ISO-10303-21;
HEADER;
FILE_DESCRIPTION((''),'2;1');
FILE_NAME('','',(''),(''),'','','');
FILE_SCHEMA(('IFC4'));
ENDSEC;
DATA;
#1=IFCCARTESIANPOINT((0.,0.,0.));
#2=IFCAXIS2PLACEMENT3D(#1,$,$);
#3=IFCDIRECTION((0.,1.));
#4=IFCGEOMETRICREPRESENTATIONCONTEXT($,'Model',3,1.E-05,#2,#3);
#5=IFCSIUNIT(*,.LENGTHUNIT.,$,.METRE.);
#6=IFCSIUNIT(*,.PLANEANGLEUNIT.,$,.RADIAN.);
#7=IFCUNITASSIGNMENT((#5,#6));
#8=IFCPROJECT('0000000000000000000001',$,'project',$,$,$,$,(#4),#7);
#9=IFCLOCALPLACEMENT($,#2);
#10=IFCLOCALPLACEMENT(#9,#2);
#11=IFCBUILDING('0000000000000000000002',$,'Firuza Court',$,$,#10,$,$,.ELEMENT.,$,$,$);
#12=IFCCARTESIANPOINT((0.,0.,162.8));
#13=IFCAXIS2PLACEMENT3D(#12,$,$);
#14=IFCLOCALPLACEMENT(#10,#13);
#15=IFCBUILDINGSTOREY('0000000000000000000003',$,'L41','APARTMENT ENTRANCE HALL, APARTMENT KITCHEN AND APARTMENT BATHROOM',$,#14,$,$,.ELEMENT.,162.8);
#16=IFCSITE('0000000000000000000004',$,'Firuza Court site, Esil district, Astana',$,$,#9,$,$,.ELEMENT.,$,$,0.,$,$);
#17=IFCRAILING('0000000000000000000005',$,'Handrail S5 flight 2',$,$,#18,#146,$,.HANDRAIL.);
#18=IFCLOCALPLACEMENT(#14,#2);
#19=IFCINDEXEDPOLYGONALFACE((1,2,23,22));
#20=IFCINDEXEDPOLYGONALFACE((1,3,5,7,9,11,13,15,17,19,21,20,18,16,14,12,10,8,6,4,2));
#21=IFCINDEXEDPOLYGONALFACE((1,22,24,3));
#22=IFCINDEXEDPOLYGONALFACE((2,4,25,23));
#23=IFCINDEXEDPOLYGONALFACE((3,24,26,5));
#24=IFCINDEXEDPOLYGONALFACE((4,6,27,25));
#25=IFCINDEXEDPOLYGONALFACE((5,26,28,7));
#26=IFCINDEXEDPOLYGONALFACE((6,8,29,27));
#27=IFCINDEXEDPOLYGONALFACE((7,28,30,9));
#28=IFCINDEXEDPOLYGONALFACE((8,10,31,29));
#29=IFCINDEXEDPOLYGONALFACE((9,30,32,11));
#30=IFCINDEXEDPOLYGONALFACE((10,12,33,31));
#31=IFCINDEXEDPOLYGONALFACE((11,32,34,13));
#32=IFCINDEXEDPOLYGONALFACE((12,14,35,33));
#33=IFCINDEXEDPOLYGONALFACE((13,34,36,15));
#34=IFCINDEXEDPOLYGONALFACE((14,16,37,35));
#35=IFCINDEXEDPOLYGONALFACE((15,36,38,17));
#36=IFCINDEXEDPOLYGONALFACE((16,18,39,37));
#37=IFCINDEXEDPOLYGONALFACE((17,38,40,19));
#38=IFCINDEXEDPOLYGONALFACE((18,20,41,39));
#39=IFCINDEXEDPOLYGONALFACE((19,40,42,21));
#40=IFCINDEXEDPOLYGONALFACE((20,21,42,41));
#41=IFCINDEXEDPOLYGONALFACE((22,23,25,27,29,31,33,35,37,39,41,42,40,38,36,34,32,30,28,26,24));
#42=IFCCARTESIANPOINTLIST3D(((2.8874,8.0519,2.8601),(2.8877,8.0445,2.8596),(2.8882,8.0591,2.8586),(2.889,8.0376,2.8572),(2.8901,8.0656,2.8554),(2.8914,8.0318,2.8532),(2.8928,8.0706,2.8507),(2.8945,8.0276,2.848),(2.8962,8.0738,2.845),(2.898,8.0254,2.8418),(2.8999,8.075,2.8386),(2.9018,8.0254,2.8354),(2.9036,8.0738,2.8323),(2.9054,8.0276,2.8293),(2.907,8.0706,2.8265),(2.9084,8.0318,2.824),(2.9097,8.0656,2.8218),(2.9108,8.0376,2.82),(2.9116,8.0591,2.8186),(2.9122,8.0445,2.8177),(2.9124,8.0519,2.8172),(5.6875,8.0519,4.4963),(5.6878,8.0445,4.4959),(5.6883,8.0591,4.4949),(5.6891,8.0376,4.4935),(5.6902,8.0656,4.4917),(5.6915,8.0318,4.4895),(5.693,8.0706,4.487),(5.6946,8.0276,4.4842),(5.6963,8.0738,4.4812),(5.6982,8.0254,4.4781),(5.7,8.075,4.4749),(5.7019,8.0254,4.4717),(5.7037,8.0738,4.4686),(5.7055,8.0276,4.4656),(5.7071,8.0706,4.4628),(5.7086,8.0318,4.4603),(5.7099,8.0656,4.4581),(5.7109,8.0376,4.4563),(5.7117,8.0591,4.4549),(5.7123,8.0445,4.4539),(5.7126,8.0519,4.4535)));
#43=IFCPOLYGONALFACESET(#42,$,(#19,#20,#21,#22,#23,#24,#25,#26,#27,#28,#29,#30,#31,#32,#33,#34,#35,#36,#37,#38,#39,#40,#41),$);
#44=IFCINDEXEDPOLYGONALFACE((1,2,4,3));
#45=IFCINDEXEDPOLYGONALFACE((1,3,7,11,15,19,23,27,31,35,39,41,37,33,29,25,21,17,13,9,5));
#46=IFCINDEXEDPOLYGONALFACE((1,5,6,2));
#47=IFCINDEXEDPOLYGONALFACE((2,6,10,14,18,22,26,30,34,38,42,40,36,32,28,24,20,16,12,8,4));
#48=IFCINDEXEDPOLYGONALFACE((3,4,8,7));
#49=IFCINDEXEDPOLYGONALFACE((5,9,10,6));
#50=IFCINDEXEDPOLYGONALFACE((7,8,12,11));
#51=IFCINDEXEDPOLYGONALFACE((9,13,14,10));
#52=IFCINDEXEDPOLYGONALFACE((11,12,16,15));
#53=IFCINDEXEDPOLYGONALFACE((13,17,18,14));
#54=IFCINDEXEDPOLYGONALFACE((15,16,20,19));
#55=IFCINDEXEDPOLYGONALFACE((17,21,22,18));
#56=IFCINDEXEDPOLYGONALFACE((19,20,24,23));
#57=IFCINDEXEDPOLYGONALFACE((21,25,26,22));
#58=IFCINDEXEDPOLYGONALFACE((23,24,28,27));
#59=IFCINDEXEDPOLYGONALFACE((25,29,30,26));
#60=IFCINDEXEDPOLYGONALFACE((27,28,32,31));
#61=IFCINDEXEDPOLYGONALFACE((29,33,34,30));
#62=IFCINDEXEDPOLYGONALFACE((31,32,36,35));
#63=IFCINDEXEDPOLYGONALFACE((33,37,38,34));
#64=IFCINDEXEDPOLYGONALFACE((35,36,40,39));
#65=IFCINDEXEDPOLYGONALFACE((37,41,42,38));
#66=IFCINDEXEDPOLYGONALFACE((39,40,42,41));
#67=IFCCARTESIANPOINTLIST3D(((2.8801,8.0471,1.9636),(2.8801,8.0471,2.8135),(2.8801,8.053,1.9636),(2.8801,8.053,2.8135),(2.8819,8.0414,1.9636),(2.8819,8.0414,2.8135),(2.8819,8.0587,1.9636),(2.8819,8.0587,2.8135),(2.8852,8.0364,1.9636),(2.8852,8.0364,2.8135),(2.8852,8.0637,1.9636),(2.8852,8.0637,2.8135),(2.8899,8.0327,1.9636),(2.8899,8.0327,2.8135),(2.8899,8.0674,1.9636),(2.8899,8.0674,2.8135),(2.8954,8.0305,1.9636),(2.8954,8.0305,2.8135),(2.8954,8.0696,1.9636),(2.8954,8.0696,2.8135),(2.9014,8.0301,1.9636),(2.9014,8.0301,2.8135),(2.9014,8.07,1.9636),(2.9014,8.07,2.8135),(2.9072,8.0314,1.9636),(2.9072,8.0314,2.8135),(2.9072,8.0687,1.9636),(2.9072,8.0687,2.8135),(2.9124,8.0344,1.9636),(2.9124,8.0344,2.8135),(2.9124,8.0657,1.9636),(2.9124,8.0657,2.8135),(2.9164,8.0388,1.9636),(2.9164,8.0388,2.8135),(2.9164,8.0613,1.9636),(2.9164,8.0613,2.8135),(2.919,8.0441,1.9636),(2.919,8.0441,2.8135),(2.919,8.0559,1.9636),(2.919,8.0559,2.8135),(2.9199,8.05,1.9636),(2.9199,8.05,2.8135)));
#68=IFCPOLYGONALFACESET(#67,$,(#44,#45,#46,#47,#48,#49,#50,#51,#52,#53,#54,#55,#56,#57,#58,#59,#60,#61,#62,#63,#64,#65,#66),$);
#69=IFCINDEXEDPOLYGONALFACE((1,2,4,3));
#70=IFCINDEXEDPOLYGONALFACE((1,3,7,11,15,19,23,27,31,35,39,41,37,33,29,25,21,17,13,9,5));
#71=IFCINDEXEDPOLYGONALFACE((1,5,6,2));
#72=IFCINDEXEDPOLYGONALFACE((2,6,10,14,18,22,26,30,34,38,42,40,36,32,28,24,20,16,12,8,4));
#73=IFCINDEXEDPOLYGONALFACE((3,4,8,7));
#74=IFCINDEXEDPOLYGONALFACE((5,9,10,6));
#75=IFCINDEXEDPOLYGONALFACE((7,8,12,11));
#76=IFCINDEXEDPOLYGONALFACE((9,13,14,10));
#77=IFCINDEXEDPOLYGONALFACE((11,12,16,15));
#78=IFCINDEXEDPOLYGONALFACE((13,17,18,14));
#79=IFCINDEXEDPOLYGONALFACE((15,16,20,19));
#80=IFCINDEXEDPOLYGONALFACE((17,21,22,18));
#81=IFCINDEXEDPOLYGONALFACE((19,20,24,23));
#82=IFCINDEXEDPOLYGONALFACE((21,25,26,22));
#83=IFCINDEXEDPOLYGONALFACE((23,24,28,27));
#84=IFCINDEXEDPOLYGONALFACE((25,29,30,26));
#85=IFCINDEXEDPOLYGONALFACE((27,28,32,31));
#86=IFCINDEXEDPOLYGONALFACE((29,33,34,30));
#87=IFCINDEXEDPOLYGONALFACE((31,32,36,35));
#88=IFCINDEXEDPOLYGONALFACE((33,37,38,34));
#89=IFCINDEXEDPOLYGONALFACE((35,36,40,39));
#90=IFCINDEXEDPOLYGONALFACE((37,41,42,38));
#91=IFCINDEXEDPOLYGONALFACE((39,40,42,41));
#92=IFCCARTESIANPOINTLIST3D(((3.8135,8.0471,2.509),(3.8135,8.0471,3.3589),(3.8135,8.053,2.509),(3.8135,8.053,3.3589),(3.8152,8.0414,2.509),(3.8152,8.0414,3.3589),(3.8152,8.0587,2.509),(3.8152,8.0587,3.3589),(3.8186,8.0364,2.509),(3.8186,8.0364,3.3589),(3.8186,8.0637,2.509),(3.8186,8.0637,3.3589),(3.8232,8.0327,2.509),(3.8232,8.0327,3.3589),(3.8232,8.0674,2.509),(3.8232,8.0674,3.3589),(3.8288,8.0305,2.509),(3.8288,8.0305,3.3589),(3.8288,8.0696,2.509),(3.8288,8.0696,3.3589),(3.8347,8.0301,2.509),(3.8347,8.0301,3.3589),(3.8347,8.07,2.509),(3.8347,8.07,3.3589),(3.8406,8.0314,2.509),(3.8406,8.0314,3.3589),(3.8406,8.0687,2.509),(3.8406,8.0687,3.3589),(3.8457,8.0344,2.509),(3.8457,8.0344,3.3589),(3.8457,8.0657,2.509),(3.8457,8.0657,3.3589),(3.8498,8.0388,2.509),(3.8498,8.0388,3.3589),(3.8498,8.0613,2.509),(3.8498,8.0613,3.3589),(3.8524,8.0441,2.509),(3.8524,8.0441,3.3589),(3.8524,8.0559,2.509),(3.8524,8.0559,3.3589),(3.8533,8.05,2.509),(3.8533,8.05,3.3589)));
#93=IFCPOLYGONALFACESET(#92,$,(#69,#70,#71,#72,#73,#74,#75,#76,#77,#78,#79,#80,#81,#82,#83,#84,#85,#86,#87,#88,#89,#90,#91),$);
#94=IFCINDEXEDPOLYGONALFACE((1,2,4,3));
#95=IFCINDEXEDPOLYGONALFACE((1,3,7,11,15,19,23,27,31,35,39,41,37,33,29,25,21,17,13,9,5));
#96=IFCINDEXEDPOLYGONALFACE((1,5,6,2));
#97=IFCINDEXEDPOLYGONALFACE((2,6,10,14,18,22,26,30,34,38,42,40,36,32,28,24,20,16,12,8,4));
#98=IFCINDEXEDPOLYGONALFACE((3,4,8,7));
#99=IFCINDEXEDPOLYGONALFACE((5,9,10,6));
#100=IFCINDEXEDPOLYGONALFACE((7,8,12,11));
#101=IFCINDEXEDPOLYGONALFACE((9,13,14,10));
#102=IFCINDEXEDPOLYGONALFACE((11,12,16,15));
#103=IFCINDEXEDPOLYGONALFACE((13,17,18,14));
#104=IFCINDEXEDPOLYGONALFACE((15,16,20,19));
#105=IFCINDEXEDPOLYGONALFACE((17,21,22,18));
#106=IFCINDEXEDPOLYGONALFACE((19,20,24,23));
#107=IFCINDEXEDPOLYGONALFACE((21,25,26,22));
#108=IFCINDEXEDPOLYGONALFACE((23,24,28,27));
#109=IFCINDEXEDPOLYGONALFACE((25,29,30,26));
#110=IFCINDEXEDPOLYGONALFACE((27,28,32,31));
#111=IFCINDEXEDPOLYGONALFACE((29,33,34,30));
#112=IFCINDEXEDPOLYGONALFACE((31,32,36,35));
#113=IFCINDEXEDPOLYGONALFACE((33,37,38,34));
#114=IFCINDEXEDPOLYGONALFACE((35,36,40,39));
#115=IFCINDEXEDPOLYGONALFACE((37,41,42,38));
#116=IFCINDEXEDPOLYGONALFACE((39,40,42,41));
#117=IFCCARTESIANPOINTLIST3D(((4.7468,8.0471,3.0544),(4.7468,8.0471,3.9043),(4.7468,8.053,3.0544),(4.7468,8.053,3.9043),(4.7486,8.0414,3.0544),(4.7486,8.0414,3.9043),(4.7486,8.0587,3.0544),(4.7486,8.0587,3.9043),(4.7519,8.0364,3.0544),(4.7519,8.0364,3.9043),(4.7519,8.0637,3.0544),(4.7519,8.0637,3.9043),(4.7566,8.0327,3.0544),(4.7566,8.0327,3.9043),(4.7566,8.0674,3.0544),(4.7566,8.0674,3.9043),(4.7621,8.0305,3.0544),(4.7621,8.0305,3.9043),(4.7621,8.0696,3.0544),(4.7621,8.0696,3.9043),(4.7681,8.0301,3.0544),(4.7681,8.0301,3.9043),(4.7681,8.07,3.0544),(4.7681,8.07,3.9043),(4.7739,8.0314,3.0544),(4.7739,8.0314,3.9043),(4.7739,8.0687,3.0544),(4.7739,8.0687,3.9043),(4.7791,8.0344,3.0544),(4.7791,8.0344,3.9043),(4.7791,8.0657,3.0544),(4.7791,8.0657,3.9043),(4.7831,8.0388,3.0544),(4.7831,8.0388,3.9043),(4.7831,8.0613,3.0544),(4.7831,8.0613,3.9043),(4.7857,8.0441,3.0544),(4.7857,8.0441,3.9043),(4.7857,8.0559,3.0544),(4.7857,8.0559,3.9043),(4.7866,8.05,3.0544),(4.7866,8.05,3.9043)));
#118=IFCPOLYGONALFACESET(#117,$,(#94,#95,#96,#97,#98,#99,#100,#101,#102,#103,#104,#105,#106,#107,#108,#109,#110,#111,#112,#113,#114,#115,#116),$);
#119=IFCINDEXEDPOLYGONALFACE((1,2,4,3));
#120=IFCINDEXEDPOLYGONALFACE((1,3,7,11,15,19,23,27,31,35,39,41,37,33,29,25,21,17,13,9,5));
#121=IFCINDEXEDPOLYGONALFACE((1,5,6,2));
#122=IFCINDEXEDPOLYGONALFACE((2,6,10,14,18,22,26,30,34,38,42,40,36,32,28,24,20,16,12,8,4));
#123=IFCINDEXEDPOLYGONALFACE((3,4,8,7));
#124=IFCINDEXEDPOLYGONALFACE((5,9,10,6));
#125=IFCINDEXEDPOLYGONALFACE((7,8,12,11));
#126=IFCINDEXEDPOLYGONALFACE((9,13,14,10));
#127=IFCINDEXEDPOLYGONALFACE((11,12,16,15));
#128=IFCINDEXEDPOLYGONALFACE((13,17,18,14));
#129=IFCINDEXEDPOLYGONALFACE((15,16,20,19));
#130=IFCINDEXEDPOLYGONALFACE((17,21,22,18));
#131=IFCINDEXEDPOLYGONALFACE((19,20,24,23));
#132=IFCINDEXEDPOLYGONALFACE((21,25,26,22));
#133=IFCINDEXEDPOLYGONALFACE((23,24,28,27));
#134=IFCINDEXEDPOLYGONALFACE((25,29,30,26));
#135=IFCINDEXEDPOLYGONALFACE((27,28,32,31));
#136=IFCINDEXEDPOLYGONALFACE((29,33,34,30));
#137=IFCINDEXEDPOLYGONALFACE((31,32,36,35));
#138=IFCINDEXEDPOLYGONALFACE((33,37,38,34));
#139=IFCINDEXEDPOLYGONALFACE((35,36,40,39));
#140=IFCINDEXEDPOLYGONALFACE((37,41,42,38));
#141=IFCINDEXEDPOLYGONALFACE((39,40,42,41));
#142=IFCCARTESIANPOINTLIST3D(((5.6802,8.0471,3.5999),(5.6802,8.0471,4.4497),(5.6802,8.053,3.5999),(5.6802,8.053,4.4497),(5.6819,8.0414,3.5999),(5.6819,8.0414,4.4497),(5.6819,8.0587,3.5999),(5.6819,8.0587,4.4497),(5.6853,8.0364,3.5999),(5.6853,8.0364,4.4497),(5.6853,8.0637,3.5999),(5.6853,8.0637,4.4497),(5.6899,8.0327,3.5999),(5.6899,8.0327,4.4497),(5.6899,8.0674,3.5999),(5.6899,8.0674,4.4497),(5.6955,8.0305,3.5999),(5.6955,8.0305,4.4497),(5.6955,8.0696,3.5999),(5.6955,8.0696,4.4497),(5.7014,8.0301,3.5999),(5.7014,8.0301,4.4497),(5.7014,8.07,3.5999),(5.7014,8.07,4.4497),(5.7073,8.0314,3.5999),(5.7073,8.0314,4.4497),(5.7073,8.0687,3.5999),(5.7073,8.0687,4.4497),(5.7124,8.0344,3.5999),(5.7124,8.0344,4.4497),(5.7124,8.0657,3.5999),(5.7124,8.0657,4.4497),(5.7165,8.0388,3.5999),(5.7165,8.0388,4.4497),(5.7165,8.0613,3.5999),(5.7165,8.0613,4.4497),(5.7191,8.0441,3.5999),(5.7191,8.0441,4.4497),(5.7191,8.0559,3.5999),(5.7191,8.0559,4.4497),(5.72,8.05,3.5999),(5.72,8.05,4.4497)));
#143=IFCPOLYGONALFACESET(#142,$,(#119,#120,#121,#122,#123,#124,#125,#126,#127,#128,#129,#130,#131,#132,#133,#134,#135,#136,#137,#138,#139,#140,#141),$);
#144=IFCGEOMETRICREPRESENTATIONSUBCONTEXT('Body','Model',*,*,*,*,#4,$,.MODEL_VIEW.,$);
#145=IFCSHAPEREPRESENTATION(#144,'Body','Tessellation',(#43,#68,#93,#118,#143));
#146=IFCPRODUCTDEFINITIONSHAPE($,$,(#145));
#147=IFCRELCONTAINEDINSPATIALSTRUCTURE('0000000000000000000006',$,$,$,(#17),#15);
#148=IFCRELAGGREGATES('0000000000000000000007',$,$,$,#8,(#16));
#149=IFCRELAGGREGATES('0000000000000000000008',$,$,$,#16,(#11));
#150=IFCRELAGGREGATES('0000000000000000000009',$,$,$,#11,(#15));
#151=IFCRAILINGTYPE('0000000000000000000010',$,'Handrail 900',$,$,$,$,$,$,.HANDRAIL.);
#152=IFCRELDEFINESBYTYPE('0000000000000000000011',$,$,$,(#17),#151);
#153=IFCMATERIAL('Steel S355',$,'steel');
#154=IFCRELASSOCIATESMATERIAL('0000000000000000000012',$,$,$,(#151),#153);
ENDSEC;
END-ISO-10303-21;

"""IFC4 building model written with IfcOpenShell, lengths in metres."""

from ifc_helpers import new_model, si_unit, direction, frame, origin, origin_2d, place, context, subcontext, project, spatial, circle, extrude, material, type_object, element, save


model = new_model("IFC4")

# Units and contexts
model_context = context("Model", 3, precision=1e-05, world=origin(), true_north=direction((0.0, 1.0)))
body_context = subcontext(model_context, "Body", "Model", "MODEL_VIEW")
ifc_project = project(units=[si_unit("LENGTHUNIT", "METRE"), si_unit("PLANEANGLEUNIT", "RADIAN")], contexts=[model_context])

# Site, building, storey
site_placement = place(None, origin())
site = spatial("IfcSite", under=ifc_project, at=site_placement, Name="Firuza Court site, Esil district, Astana", CompositionType="ELEMENT", RefElevation=0.0)
building_placement = place(site_placement, origin())
building = spatial("IfcBuilding", under=site, at=building_placement, Name="Firuza Court", CompositionType="ELEMENT")
storey_placement = place(building_placement, frame((0.0, 0.0, 162.8)))
storey = spatial("IfcBuildingStorey", under=building, at=storey_placement, Name="L41", Description="APARTMENT ENTRANCE HALL, APARTMENT KITCHEN AND APARTMENT BATHROOM", CompositionType="ELEMENT", Elevation=162.8)

# Railing
ifc_material_1 = material(Name="Steel S355", Category="steel")
railing_type_1 = type_object("IfcRailingType", Name="Handrail 900", PredefinedType="HANDRAIL", material=ifc_material_1)
railing_1_placement = place(storey_placement, frame((2.8999, 8.05, 1.9636)))
element("IfcRailing", 1, at=railing_1_placement, inside=storey, type_object=railing_type_1, Name="Handrail S5 flight 2", PredefinedType="HANDRAIL", context=body_context, shape_type="SweptSolid", body=[
    extrude(circle(Radius=0.0249, at=origin_2d()), frame((0.0, 0.0, 0.875), z_axis=(0.863394, 0.0, 0.504531), x_axis=(0.0, 1.0, 0.0)), (0.0, 0.0, 1.0), 3.2432),
    extrude(circle(Radius=0.02, at=origin_2d()), origin(), (0.0, 0.0, 1.0), 0.8499),
    extrude(circle(Radius=0.02, at=origin_2d()), frame((0.9333, 0.0, 0.5454)), (0.0, 0.0, 1.0), 0.8499),
    extrude(circle(Radius=0.02, at=origin_2d()), frame((1.8667, 0.0, 1.0908)), (0.0, 0.0, 1.0), 0.8499),
    extrude(circle(Radius=0.02, at=origin_2d()), frame((2.8, 0.0, 1.6362)), (0.0, 0.0, 1.0), 0.8499),
])

save(model, "model.ifc")
